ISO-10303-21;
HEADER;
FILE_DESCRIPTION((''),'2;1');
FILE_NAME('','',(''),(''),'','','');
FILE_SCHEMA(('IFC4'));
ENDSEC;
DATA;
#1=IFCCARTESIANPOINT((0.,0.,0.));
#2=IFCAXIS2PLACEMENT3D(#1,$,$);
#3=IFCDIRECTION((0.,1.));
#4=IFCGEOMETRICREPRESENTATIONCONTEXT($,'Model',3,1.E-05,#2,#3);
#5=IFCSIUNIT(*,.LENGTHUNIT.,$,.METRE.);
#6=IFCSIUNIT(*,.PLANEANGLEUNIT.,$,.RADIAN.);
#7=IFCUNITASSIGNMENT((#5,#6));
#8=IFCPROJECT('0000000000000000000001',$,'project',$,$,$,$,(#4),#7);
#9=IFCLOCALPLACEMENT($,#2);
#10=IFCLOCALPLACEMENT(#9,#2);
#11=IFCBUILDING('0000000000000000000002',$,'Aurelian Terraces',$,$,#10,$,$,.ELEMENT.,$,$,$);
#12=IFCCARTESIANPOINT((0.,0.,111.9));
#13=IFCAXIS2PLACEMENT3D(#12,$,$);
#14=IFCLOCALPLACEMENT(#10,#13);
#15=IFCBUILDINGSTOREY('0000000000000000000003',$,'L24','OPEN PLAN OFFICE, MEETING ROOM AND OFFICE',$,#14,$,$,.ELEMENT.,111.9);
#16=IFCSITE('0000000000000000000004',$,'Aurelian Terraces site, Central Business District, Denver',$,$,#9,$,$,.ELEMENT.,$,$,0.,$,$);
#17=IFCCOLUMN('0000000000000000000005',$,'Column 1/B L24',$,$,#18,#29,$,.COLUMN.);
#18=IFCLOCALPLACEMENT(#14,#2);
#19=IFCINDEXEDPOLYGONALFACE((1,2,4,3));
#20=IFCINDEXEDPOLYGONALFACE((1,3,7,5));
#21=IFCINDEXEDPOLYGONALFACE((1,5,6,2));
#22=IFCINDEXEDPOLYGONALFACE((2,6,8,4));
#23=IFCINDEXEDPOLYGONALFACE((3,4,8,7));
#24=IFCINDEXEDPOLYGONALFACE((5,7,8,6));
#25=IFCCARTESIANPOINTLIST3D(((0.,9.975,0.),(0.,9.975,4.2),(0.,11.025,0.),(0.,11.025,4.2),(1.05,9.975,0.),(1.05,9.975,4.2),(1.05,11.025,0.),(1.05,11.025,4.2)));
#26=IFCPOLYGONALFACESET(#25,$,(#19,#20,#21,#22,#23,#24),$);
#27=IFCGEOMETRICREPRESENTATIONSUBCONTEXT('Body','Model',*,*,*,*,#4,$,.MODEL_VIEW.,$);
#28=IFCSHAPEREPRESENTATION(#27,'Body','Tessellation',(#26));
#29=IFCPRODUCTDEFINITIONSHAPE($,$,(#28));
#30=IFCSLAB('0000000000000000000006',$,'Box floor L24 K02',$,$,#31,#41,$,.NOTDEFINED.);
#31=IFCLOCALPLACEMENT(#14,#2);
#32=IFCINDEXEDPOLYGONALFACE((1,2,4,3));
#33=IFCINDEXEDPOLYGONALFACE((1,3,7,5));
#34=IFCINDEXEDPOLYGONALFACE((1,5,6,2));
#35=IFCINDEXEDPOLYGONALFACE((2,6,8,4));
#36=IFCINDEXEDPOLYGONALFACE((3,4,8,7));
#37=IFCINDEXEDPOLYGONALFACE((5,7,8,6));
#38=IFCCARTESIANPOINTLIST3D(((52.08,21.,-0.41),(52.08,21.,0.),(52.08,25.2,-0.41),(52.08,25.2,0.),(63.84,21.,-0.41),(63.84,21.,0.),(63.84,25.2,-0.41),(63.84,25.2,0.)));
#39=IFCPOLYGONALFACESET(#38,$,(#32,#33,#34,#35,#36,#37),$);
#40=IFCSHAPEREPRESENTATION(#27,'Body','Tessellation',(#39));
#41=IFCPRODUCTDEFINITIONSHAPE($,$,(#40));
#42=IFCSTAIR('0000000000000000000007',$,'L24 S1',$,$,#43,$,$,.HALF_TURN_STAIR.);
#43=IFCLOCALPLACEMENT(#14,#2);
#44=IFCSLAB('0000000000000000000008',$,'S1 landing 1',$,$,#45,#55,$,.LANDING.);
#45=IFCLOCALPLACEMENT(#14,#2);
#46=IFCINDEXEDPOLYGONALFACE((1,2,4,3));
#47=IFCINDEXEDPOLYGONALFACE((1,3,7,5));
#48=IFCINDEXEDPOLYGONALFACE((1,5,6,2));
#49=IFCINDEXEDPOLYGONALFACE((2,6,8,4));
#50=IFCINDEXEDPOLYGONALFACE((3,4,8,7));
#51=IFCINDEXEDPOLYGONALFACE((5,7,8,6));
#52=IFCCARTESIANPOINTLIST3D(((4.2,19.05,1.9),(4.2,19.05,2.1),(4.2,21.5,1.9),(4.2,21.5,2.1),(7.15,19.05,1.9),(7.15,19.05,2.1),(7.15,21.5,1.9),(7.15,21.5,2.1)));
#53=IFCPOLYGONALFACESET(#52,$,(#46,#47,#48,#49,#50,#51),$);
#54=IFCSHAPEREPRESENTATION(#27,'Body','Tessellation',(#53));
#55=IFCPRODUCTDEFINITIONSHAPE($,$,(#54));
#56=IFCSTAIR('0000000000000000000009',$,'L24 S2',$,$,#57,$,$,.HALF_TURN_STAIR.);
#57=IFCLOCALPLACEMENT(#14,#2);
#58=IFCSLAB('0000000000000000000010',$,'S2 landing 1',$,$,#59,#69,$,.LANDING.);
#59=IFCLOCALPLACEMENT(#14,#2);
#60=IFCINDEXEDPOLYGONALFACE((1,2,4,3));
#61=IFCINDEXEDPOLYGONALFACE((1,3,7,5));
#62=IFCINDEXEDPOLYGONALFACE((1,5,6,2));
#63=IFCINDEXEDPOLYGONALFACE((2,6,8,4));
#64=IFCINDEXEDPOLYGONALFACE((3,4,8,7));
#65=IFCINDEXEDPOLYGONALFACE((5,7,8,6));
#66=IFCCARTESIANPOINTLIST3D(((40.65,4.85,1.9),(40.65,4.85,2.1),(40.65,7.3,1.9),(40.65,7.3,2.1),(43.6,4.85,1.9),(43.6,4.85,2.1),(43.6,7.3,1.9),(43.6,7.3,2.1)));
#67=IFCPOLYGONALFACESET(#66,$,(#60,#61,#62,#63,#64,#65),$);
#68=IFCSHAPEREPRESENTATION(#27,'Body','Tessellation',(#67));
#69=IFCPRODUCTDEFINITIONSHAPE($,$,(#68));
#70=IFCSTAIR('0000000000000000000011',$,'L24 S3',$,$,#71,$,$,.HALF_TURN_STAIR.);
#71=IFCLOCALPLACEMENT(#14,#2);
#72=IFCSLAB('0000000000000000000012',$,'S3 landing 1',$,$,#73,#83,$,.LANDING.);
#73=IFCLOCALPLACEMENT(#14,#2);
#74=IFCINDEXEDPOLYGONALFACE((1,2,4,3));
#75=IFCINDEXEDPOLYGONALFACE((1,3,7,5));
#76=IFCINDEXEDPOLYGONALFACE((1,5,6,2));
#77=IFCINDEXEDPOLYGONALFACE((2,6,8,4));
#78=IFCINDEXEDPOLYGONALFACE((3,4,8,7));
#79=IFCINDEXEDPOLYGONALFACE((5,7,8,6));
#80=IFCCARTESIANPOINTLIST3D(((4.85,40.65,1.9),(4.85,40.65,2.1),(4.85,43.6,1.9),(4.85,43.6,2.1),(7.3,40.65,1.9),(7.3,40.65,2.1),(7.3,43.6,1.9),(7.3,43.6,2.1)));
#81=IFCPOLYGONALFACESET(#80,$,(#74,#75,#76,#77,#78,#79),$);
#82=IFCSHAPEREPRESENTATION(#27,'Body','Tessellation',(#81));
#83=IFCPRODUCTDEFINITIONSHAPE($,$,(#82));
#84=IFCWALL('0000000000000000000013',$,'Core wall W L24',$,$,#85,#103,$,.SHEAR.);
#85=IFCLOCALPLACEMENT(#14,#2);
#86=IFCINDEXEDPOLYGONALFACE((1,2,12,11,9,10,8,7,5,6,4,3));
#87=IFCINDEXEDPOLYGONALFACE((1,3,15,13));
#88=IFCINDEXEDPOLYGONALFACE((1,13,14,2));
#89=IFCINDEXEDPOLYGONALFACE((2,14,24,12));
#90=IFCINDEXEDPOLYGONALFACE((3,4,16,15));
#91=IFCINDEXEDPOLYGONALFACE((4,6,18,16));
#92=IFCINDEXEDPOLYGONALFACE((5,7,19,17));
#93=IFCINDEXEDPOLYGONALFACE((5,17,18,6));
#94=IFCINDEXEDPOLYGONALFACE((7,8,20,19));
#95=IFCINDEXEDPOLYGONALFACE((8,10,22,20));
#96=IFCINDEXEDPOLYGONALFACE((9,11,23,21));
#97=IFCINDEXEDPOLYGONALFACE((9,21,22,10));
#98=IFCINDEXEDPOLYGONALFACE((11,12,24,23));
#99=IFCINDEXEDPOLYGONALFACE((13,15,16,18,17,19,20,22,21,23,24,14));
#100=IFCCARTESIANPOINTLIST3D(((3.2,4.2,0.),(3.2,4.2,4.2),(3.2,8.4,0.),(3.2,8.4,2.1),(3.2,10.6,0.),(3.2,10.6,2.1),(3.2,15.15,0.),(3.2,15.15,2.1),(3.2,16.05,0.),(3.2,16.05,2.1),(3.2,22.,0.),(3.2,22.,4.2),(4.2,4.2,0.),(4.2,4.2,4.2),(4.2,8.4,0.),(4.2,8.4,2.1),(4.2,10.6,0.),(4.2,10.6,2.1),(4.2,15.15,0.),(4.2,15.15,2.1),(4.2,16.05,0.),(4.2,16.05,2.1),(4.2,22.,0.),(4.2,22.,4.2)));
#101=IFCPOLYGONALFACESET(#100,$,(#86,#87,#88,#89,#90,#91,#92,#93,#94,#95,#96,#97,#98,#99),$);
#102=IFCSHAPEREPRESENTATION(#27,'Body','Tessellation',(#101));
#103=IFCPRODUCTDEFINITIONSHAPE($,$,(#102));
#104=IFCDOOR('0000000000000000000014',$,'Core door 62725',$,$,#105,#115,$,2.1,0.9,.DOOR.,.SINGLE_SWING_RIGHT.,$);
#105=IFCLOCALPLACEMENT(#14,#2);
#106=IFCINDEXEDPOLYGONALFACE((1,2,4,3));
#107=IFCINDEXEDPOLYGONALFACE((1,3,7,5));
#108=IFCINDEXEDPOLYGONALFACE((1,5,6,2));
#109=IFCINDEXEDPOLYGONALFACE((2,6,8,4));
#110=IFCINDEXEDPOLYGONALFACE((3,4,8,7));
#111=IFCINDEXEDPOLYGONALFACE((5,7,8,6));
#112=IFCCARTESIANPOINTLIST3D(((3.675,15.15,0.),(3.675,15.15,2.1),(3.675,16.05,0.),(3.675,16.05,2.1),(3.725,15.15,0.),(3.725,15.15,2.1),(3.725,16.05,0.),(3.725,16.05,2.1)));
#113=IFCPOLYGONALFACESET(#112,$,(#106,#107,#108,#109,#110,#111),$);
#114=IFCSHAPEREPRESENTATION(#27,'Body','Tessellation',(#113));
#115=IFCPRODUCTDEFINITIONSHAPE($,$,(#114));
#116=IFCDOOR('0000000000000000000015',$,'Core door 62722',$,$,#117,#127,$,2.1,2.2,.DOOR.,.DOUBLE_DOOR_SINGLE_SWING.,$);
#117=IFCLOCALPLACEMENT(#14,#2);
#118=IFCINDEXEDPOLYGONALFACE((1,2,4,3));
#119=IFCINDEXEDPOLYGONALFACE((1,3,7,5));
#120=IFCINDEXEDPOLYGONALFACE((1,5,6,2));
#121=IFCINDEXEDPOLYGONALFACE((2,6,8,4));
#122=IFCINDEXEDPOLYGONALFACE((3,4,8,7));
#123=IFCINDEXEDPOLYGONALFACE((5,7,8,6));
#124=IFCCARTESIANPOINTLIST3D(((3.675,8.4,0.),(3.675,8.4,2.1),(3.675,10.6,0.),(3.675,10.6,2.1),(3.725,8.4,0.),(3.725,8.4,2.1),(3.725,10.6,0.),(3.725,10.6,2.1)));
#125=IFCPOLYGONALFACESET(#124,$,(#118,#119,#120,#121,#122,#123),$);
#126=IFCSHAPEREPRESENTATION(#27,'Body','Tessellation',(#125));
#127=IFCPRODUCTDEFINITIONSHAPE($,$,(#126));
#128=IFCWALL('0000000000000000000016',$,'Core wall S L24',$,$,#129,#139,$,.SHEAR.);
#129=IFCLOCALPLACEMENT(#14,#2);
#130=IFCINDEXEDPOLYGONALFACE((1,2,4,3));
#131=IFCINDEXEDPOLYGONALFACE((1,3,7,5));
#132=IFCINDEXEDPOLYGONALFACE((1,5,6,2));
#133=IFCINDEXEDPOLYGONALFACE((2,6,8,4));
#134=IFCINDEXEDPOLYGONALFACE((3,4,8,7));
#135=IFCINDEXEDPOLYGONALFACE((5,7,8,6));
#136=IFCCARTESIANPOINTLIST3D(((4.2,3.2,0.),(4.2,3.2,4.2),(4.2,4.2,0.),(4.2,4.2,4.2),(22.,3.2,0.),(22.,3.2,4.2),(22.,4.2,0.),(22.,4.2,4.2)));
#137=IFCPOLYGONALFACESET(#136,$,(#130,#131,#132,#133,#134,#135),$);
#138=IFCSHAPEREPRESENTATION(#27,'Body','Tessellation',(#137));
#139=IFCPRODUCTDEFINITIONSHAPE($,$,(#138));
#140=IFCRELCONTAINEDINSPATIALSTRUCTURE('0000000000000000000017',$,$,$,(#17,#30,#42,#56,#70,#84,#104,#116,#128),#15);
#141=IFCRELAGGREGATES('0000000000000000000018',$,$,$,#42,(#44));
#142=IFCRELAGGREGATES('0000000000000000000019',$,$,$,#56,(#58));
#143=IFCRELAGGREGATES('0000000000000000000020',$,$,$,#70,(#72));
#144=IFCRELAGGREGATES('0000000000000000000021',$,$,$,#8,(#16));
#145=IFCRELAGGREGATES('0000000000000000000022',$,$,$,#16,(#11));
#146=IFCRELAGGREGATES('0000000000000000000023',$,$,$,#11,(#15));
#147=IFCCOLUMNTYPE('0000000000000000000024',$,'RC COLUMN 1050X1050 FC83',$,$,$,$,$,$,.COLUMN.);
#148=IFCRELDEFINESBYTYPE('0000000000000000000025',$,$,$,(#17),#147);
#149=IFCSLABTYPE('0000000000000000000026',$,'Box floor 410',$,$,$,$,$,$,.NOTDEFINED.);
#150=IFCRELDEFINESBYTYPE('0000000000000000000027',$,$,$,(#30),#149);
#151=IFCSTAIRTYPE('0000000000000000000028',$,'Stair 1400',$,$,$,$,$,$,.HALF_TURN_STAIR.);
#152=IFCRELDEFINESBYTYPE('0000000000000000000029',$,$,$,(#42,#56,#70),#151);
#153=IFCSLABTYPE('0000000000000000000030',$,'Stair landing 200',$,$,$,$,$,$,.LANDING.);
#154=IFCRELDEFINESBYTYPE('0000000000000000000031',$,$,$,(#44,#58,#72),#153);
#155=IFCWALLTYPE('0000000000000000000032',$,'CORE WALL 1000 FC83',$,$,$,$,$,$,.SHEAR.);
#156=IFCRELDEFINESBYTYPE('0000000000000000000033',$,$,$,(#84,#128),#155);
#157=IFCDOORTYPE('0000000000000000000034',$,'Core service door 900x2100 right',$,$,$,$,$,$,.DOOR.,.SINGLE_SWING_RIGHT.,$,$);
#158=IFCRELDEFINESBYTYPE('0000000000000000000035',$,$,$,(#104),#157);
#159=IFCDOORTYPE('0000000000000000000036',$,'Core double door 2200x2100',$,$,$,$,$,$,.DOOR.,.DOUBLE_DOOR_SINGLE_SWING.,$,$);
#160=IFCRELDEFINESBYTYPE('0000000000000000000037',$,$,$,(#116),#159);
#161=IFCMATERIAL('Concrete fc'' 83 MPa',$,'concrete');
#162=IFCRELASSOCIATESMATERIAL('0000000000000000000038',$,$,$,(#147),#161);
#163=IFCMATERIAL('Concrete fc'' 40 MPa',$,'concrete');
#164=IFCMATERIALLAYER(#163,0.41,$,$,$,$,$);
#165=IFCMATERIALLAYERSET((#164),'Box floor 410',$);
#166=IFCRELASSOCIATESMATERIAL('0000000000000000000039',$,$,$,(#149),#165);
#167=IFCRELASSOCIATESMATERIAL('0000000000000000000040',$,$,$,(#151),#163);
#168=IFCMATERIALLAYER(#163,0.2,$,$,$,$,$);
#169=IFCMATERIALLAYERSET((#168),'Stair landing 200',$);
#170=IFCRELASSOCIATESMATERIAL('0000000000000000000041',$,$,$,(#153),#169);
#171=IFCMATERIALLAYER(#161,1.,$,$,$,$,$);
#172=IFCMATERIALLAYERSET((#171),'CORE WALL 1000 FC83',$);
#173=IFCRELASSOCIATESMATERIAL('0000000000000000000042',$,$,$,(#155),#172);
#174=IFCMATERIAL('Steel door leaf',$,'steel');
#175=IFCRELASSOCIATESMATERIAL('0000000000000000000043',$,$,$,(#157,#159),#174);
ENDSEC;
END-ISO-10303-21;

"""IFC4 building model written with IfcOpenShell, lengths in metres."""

from ifc_helpers import new_model, si_unit, direction, frame, frame_2d, origin, origin_2d, place, context, subcontext, project, spatial, polyline, rectangle, outline, extrude, source, transform, mapped, material, layer, layer_set, material_profile, profile_set, type_object, element, fill, aggregate, save


model = new_model("IFC4")

# Units and contexts
model_context = context("Model", 3, precision=1e-05, world=origin(), true_north=direction((0.0, 1.0)))
body_context = subcontext(model_context, "Body", "Model", "MODEL_VIEW")
ifc_project = project(units=[si_unit("LENGTHUNIT", "METRE"), si_unit("PLANEANGLEUNIT", "RADIAN")], contexts=[model_context])

# Site, building, storey
site_placement = place(None, origin())
site = spatial("IfcSite", under=ifc_project, at=site_placement, Name="Aurelian Terraces site, Central Business District, Denver", CompositionType="ELEMENT", RefElevation=0.0)
building_placement = place(site_placement, origin())
building = spatial("IfcBuilding", under=site, at=building_placement, Name="Aurelian Terraces", CompositionType="ELEMENT")
storey_placement = place(building_placement, frame((0.0, 0.0, 111.9)))
storey = spatial("IfcBuildingStorey", under=building, at=storey_placement, Name="L24", Description="OPEN PLAN OFFICE, MEETING ROOM AND OFFICE", CompositionType="ELEMENT", Elevation=111.9)

# Column
ifc_material_1 = material(Name="Concrete fc' 83 MPa", Category="concrete")
ifc_material_profile = material_profile(ifc_material_1, rectangle(XDim=1.05, YDim=1.05, at=origin_2d()))
ifc_profile_set = profile_set([ifc_material_profile], Name="Concrete fc' 83 MPa")
column_type = type_object("IfcColumnType", Name="RC COLUMN 1050X1050 FC83", PredefinedType="COLUMN", material=ifc_profile_set)
shared_shape_1 = source(origin(), body_context, "Body", "SweptSolid", [
    extrude(rectangle(XDim=1.05, YDim=1.05, at=origin_2d()), origin(), (0.0, 0.0, 1.0), 4.2),
])
column_placement = place(storey_placement, frame((0.525, 10.5, 0.0), z_axis=(0.0, 0.0, 1.0), x_axis=(1.0, 0.0, 0.0)))
element("IfcColumn", 1, at=column_placement, inside=storey, type_object=column_type, Name="Column 1/B L24", PredefinedType="COLUMN", context=body_context, shape_type="MappedRepresentation", body=[
    mapped(shared_shape_1, transform((0.0, 0.0, 0.0), scale=1.0)),
])

# Slab
ifc_material_2 = material(Name="Concrete fc' 40 MPa", Category="concrete")
ifc_layer_1 = layer(ifc_material_2, 0.41)
ifc_layer_set_1 = layer_set([ifc_layer_1], Name="Box floor 410")
slab_type_1 = type_object("IfcSlabType", Name="Box floor 410", PredefinedType="NOTDEFINED", material=ifc_layer_set_1)
slab_1_placement = place(storey_placement, frame((0.0, 0.0, -0.41)))
element("IfcSlab", 2, at=slab_1_placement, inside=storey, type_object=slab_type_1, Name="Box floor L24 K02", PredefinedType="NOTDEFINED", context=body_context, shape_type="SweptSolid", body=[
    extrude(outline(polyline([(63.84, 25.2), (52.08, 25.2), (52.08, 21.0), (63.84, 21.0), (63.84, 25.2)])), origin(), (0.0, 0.0, 1.0), 0.41),
])

# Stairs, slabs
stair_type = type_object("IfcStairType", Name="Stair 1400", PredefinedType="HALF_TURN_STAIR", material=ifc_material_2)
stair_1_placement = place(storey_placement, origin())
stair_1 = element("IfcStair", 3, at=stair_1_placement, inside=storey, type_object=stair_type, Name="L24 S1", PredefinedType="HALF_TURN_STAIR")
ifc_layer_2 = layer(ifc_material_2, 0.2)
ifc_layer_set_2 = layer_set([ifc_layer_2], Name="Stair landing 200")
slab_type_2 = type_object("IfcSlabType", Name="Stair landing 200", PredefinedType="LANDING", material=ifc_layer_set_2)
shared_shape_2 = source(origin(), body_context, "Body", "SweptSolid", [
    extrude(outline(polyline([(7.15, 19.05), (7.15, 21.5), (4.2, 21.5), (4.2, 19.05), (7.15, 19.05)])), origin(), (0.0, 0.0, 1.0), 0.2),
])
slab_2_placement = place(storey_placement, frame((0.0, 0.0, 1.9)))
slab_2 = element("IfcSlab", 4, at=slab_2_placement, type_object=slab_type_2, Name="S1 landing 1", PredefinedType="LANDING", context=body_context, shape_type="MappedRepresentation", body=[
    mapped(shared_shape_2, transform((0.0, 0.0, 0.0), scale=1.0)),
])
aggregate(stair_1, [slab_2])
stair_2_placement = place(storey_placement, origin())
stair_2 = element("IfcStair", 5, at=stair_2_placement, inside=storey, type_object=stair_type, Name="L24 S2", PredefinedType="HALF_TURN_STAIR")
shared_shape_3 = source(origin(), body_context, "Body", "SweptSolid", [
    extrude(outline(polyline([(43.6, 4.85), (43.6, 7.3), (40.65, 7.3), (40.65, 4.85), (43.6, 4.85)])), origin(), (0.0, 0.0, 1.0), 0.2),
])
slab_3_placement = place(storey_placement, frame((0.0, 0.0, 1.9)))
slab_3 = element("IfcSlab", 6, at=slab_3_placement, type_object=slab_type_2, Name="S2 landing 1", PredefinedType="LANDING", context=body_context, shape_type="MappedRepresentation", body=[
    mapped(shared_shape_3, transform((0.0, 0.0, 0.0), scale=1.0)),
])
aggregate(stair_2, [slab_3])
stair_3_placement = place(storey_placement, origin())
stair_3 = element("IfcStair", 7, at=stair_3_placement, inside=storey, type_object=stair_type, Name="L24 S3", PredefinedType="HALF_TURN_STAIR")
shared_shape_4 = source(origin(), body_context, "Body", "SweptSolid", [
    extrude(outline(polyline([(4.85, 40.65), (7.3, 40.65), (7.3, 43.6), (4.85, 43.6), (4.85, 40.65)])), origin(), (0.0, 0.0, 1.0), 0.2),
])
slab_4_placement = place(storey_placement, frame((0.0, 0.0, 1.9)))
slab_4 = element("IfcSlab", 8, at=slab_4_placement, type_object=slab_type_2, Name="S3 landing 1", PredefinedType="LANDING", context=body_context, shape_type="MappedRepresentation", body=[
    mapped(shared_shape_4, transform((0.0, 0.0, 0.0), scale=1.0)),
])
aggregate(stair_3, [slab_4])

# Wall, openings, doors
ifc_layer_3 = layer(ifc_material_1, 1.0)
ifc_layer_set_3 = layer_set([ifc_layer_3], Name="CORE WALL 1000 FC83")
wall_type_1 = type_object("IfcWallType", Name="CORE WALL 1000 FC83", PredefinedType="SHEAR", material=ifc_layer_set_3)
shared_shape_5 = source(origin(), body_context, "Body", "SweptSolid", [
    extrude(rectangle(XDim=17.8, YDim=1.0, at=frame_2d((8.9, 0.0))), origin(), (0.0, 0.0, 1.0), 4.2),
])
wall_1_placement = place(storey_placement, frame((3.7, 4.2, 0.0), z_axis=(0.0, 0.0, 1.0), x_axis=(0.0, 1.0, 0.0)))
wall_1 = element("IfcWall", 9, at=wall_1_placement, inside=storey, type_object=wall_type_1, Name="Core wall W L24", PredefinedType="SHEAR", context=body_context, shape_type="MappedRepresentation", body=[
    mapped(shared_shape_5, transform((0.0, 0.0, 0.0), scale=1.0)),
])
shared_shape_6 = source(origin(), body_context, "Body", "SweptSolid", [
    extrude(rectangle(XDim=2.2, YDim=2.1, at=frame_2d((1.1, 1.05))), frame((0.0, 0.51, 0.0), z_axis=(0.0, -1.0, 0.0), x_axis=(1.0, 0.0, 0.0)), (0.0, 0.0, 1.0), 1.02),
])
opening_1_placement = place(wall_1_placement, frame((4.2, 0.0, 0.0)))
opening_1 = element("IfcOpeningElement", 10, at=opening_1_placement, cuts=wall_1, PredefinedType="OPENING", context=body_context, shape_type="MappedRepresentation", body=[
    mapped(shared_shape_6, transform((0.0, 0.0, 0.0), scale=1.0)),
])
shared_shape_7 = source(origin(), body_context, "Body", "SweptSolid", [
    extrude(rectangle(XDim=0.9, YDim=2.1, at=frame_2d((0.45, 1.05))), frame((0.0, 0.51, 0.0), z_axis=(0.0, -1.0, 0.0), x_axis=(1.0, 0.0, 0.0)), (0.0, 0.0, 1.0), 1.02),
])
opening_2_placement = place(wall_1_placement, frame((10.95, 0.0, 0.0)))
opening_2 = element("IfcOpeningElement", 11, at=opening_2_placement, cuts=wall_1, PredefinedType="OPENING", context=body_context, shape_type="MappedRepresentation", body=[
    mapped(shared_shape_7, transform((0.0, 0.0, 0.0), scale=1.0)),
])
ifc_material_3 = material(Name="Steel door leaf", Category="steel")
door_type_1 = type_object("IfcDoorType", Name="Core service door 900x2100 right", OperationType="SINGLE_SWING_RIGHT", PredefinedType="DOOR", material=ifc_material_3)
shared_shape_8 = source(origin(), body_context, "Body", "SweptSolid", [
    extrude(rectangle(XDim=0.9, YDim=2.1, at=frame_2d((0.45, 1.05))), frame((0.0, 0.025, 0.0), z_axis=(0.0, -1.0, 0.0), x_axis=(1.0, 0.0, 0.0)), (0.0, 0.0, 1.0), 0.05),
])
door_1_placement = place(opening_2_placement, origin())
door_1 = element("IfcDoor", 12, at=door_1_placement, inside=storey, type_object=door_type_1, Name="Core door 62725", OperationType="SINGLE_SWING_RIGHT", OverallHeight=2.1, OverallWidth=0.9, PredefinedType="DOOR", context=body_context, shape_type="MappedRepresentation", body=[
    mapped(shared_shape_8, transform((0.0, 0.0, 0.0), scale=1.0)),
])
fill(opening_2, door_1)
door_type_2 = type_object("IfcDoorType", Name="Core double door 2200x2100", OperationType="DOUBLE_DOOR_SINGLE_SWING", PredefinedType="DOOR", material=ifc_material_3)
shared_shape_9 = source(origin(), body_context, "Body", "SweptSolid", [
    extrude(rectangle(XDim=2.2, YDim=2.1, at=frame_2d((1.1, 1.05))), frame((0.0, 0.025, 0.0), z_axis=(0.0, -1.0, 0.0), x_axis=(1.0, 0.0, 0.0)), (0.0, 0.0, 1.0), 0.05),
])
door_2_placement = place(opening_1_placement, origin())
door_2 = element("IfcDoor", 13, at=door_2_placement, inside=storey, type_object=door_type_2, Name="Core door 62722", OperationType="DOUBLE_DOOR_SINGLE_SWING", OverallHeight=2.1, OverallWidth=2.2, PredefinedType="DOOR", context=body_context, shape_type="MappedRepresentation", body=[
    mapped(shared_shape_9, transform((0.0, 0.0, 0.0), scale=1.0)),
])
fill(opening_1, door_2)

# Wall
wall_2_placement = place(storey_placement, frame((4.2, 3.7, 0.0), z_axis=(0.0, 0.0, 1.0), x_axis=(1.0, 0.0, 0.0)))
element("IfcWall", 14, at=wall_2_placement, inside=storey, type_object=wall_type_1, Name="Core wall S L24", PredefinedType="SHEAR", context=body_context, shape_type="MappedRepresentation", body=[
    mapped(shared_shape_5, transform((0.0, 0.0, 0.0), scale=1.0)),
])

save(model, "model.ifc")
